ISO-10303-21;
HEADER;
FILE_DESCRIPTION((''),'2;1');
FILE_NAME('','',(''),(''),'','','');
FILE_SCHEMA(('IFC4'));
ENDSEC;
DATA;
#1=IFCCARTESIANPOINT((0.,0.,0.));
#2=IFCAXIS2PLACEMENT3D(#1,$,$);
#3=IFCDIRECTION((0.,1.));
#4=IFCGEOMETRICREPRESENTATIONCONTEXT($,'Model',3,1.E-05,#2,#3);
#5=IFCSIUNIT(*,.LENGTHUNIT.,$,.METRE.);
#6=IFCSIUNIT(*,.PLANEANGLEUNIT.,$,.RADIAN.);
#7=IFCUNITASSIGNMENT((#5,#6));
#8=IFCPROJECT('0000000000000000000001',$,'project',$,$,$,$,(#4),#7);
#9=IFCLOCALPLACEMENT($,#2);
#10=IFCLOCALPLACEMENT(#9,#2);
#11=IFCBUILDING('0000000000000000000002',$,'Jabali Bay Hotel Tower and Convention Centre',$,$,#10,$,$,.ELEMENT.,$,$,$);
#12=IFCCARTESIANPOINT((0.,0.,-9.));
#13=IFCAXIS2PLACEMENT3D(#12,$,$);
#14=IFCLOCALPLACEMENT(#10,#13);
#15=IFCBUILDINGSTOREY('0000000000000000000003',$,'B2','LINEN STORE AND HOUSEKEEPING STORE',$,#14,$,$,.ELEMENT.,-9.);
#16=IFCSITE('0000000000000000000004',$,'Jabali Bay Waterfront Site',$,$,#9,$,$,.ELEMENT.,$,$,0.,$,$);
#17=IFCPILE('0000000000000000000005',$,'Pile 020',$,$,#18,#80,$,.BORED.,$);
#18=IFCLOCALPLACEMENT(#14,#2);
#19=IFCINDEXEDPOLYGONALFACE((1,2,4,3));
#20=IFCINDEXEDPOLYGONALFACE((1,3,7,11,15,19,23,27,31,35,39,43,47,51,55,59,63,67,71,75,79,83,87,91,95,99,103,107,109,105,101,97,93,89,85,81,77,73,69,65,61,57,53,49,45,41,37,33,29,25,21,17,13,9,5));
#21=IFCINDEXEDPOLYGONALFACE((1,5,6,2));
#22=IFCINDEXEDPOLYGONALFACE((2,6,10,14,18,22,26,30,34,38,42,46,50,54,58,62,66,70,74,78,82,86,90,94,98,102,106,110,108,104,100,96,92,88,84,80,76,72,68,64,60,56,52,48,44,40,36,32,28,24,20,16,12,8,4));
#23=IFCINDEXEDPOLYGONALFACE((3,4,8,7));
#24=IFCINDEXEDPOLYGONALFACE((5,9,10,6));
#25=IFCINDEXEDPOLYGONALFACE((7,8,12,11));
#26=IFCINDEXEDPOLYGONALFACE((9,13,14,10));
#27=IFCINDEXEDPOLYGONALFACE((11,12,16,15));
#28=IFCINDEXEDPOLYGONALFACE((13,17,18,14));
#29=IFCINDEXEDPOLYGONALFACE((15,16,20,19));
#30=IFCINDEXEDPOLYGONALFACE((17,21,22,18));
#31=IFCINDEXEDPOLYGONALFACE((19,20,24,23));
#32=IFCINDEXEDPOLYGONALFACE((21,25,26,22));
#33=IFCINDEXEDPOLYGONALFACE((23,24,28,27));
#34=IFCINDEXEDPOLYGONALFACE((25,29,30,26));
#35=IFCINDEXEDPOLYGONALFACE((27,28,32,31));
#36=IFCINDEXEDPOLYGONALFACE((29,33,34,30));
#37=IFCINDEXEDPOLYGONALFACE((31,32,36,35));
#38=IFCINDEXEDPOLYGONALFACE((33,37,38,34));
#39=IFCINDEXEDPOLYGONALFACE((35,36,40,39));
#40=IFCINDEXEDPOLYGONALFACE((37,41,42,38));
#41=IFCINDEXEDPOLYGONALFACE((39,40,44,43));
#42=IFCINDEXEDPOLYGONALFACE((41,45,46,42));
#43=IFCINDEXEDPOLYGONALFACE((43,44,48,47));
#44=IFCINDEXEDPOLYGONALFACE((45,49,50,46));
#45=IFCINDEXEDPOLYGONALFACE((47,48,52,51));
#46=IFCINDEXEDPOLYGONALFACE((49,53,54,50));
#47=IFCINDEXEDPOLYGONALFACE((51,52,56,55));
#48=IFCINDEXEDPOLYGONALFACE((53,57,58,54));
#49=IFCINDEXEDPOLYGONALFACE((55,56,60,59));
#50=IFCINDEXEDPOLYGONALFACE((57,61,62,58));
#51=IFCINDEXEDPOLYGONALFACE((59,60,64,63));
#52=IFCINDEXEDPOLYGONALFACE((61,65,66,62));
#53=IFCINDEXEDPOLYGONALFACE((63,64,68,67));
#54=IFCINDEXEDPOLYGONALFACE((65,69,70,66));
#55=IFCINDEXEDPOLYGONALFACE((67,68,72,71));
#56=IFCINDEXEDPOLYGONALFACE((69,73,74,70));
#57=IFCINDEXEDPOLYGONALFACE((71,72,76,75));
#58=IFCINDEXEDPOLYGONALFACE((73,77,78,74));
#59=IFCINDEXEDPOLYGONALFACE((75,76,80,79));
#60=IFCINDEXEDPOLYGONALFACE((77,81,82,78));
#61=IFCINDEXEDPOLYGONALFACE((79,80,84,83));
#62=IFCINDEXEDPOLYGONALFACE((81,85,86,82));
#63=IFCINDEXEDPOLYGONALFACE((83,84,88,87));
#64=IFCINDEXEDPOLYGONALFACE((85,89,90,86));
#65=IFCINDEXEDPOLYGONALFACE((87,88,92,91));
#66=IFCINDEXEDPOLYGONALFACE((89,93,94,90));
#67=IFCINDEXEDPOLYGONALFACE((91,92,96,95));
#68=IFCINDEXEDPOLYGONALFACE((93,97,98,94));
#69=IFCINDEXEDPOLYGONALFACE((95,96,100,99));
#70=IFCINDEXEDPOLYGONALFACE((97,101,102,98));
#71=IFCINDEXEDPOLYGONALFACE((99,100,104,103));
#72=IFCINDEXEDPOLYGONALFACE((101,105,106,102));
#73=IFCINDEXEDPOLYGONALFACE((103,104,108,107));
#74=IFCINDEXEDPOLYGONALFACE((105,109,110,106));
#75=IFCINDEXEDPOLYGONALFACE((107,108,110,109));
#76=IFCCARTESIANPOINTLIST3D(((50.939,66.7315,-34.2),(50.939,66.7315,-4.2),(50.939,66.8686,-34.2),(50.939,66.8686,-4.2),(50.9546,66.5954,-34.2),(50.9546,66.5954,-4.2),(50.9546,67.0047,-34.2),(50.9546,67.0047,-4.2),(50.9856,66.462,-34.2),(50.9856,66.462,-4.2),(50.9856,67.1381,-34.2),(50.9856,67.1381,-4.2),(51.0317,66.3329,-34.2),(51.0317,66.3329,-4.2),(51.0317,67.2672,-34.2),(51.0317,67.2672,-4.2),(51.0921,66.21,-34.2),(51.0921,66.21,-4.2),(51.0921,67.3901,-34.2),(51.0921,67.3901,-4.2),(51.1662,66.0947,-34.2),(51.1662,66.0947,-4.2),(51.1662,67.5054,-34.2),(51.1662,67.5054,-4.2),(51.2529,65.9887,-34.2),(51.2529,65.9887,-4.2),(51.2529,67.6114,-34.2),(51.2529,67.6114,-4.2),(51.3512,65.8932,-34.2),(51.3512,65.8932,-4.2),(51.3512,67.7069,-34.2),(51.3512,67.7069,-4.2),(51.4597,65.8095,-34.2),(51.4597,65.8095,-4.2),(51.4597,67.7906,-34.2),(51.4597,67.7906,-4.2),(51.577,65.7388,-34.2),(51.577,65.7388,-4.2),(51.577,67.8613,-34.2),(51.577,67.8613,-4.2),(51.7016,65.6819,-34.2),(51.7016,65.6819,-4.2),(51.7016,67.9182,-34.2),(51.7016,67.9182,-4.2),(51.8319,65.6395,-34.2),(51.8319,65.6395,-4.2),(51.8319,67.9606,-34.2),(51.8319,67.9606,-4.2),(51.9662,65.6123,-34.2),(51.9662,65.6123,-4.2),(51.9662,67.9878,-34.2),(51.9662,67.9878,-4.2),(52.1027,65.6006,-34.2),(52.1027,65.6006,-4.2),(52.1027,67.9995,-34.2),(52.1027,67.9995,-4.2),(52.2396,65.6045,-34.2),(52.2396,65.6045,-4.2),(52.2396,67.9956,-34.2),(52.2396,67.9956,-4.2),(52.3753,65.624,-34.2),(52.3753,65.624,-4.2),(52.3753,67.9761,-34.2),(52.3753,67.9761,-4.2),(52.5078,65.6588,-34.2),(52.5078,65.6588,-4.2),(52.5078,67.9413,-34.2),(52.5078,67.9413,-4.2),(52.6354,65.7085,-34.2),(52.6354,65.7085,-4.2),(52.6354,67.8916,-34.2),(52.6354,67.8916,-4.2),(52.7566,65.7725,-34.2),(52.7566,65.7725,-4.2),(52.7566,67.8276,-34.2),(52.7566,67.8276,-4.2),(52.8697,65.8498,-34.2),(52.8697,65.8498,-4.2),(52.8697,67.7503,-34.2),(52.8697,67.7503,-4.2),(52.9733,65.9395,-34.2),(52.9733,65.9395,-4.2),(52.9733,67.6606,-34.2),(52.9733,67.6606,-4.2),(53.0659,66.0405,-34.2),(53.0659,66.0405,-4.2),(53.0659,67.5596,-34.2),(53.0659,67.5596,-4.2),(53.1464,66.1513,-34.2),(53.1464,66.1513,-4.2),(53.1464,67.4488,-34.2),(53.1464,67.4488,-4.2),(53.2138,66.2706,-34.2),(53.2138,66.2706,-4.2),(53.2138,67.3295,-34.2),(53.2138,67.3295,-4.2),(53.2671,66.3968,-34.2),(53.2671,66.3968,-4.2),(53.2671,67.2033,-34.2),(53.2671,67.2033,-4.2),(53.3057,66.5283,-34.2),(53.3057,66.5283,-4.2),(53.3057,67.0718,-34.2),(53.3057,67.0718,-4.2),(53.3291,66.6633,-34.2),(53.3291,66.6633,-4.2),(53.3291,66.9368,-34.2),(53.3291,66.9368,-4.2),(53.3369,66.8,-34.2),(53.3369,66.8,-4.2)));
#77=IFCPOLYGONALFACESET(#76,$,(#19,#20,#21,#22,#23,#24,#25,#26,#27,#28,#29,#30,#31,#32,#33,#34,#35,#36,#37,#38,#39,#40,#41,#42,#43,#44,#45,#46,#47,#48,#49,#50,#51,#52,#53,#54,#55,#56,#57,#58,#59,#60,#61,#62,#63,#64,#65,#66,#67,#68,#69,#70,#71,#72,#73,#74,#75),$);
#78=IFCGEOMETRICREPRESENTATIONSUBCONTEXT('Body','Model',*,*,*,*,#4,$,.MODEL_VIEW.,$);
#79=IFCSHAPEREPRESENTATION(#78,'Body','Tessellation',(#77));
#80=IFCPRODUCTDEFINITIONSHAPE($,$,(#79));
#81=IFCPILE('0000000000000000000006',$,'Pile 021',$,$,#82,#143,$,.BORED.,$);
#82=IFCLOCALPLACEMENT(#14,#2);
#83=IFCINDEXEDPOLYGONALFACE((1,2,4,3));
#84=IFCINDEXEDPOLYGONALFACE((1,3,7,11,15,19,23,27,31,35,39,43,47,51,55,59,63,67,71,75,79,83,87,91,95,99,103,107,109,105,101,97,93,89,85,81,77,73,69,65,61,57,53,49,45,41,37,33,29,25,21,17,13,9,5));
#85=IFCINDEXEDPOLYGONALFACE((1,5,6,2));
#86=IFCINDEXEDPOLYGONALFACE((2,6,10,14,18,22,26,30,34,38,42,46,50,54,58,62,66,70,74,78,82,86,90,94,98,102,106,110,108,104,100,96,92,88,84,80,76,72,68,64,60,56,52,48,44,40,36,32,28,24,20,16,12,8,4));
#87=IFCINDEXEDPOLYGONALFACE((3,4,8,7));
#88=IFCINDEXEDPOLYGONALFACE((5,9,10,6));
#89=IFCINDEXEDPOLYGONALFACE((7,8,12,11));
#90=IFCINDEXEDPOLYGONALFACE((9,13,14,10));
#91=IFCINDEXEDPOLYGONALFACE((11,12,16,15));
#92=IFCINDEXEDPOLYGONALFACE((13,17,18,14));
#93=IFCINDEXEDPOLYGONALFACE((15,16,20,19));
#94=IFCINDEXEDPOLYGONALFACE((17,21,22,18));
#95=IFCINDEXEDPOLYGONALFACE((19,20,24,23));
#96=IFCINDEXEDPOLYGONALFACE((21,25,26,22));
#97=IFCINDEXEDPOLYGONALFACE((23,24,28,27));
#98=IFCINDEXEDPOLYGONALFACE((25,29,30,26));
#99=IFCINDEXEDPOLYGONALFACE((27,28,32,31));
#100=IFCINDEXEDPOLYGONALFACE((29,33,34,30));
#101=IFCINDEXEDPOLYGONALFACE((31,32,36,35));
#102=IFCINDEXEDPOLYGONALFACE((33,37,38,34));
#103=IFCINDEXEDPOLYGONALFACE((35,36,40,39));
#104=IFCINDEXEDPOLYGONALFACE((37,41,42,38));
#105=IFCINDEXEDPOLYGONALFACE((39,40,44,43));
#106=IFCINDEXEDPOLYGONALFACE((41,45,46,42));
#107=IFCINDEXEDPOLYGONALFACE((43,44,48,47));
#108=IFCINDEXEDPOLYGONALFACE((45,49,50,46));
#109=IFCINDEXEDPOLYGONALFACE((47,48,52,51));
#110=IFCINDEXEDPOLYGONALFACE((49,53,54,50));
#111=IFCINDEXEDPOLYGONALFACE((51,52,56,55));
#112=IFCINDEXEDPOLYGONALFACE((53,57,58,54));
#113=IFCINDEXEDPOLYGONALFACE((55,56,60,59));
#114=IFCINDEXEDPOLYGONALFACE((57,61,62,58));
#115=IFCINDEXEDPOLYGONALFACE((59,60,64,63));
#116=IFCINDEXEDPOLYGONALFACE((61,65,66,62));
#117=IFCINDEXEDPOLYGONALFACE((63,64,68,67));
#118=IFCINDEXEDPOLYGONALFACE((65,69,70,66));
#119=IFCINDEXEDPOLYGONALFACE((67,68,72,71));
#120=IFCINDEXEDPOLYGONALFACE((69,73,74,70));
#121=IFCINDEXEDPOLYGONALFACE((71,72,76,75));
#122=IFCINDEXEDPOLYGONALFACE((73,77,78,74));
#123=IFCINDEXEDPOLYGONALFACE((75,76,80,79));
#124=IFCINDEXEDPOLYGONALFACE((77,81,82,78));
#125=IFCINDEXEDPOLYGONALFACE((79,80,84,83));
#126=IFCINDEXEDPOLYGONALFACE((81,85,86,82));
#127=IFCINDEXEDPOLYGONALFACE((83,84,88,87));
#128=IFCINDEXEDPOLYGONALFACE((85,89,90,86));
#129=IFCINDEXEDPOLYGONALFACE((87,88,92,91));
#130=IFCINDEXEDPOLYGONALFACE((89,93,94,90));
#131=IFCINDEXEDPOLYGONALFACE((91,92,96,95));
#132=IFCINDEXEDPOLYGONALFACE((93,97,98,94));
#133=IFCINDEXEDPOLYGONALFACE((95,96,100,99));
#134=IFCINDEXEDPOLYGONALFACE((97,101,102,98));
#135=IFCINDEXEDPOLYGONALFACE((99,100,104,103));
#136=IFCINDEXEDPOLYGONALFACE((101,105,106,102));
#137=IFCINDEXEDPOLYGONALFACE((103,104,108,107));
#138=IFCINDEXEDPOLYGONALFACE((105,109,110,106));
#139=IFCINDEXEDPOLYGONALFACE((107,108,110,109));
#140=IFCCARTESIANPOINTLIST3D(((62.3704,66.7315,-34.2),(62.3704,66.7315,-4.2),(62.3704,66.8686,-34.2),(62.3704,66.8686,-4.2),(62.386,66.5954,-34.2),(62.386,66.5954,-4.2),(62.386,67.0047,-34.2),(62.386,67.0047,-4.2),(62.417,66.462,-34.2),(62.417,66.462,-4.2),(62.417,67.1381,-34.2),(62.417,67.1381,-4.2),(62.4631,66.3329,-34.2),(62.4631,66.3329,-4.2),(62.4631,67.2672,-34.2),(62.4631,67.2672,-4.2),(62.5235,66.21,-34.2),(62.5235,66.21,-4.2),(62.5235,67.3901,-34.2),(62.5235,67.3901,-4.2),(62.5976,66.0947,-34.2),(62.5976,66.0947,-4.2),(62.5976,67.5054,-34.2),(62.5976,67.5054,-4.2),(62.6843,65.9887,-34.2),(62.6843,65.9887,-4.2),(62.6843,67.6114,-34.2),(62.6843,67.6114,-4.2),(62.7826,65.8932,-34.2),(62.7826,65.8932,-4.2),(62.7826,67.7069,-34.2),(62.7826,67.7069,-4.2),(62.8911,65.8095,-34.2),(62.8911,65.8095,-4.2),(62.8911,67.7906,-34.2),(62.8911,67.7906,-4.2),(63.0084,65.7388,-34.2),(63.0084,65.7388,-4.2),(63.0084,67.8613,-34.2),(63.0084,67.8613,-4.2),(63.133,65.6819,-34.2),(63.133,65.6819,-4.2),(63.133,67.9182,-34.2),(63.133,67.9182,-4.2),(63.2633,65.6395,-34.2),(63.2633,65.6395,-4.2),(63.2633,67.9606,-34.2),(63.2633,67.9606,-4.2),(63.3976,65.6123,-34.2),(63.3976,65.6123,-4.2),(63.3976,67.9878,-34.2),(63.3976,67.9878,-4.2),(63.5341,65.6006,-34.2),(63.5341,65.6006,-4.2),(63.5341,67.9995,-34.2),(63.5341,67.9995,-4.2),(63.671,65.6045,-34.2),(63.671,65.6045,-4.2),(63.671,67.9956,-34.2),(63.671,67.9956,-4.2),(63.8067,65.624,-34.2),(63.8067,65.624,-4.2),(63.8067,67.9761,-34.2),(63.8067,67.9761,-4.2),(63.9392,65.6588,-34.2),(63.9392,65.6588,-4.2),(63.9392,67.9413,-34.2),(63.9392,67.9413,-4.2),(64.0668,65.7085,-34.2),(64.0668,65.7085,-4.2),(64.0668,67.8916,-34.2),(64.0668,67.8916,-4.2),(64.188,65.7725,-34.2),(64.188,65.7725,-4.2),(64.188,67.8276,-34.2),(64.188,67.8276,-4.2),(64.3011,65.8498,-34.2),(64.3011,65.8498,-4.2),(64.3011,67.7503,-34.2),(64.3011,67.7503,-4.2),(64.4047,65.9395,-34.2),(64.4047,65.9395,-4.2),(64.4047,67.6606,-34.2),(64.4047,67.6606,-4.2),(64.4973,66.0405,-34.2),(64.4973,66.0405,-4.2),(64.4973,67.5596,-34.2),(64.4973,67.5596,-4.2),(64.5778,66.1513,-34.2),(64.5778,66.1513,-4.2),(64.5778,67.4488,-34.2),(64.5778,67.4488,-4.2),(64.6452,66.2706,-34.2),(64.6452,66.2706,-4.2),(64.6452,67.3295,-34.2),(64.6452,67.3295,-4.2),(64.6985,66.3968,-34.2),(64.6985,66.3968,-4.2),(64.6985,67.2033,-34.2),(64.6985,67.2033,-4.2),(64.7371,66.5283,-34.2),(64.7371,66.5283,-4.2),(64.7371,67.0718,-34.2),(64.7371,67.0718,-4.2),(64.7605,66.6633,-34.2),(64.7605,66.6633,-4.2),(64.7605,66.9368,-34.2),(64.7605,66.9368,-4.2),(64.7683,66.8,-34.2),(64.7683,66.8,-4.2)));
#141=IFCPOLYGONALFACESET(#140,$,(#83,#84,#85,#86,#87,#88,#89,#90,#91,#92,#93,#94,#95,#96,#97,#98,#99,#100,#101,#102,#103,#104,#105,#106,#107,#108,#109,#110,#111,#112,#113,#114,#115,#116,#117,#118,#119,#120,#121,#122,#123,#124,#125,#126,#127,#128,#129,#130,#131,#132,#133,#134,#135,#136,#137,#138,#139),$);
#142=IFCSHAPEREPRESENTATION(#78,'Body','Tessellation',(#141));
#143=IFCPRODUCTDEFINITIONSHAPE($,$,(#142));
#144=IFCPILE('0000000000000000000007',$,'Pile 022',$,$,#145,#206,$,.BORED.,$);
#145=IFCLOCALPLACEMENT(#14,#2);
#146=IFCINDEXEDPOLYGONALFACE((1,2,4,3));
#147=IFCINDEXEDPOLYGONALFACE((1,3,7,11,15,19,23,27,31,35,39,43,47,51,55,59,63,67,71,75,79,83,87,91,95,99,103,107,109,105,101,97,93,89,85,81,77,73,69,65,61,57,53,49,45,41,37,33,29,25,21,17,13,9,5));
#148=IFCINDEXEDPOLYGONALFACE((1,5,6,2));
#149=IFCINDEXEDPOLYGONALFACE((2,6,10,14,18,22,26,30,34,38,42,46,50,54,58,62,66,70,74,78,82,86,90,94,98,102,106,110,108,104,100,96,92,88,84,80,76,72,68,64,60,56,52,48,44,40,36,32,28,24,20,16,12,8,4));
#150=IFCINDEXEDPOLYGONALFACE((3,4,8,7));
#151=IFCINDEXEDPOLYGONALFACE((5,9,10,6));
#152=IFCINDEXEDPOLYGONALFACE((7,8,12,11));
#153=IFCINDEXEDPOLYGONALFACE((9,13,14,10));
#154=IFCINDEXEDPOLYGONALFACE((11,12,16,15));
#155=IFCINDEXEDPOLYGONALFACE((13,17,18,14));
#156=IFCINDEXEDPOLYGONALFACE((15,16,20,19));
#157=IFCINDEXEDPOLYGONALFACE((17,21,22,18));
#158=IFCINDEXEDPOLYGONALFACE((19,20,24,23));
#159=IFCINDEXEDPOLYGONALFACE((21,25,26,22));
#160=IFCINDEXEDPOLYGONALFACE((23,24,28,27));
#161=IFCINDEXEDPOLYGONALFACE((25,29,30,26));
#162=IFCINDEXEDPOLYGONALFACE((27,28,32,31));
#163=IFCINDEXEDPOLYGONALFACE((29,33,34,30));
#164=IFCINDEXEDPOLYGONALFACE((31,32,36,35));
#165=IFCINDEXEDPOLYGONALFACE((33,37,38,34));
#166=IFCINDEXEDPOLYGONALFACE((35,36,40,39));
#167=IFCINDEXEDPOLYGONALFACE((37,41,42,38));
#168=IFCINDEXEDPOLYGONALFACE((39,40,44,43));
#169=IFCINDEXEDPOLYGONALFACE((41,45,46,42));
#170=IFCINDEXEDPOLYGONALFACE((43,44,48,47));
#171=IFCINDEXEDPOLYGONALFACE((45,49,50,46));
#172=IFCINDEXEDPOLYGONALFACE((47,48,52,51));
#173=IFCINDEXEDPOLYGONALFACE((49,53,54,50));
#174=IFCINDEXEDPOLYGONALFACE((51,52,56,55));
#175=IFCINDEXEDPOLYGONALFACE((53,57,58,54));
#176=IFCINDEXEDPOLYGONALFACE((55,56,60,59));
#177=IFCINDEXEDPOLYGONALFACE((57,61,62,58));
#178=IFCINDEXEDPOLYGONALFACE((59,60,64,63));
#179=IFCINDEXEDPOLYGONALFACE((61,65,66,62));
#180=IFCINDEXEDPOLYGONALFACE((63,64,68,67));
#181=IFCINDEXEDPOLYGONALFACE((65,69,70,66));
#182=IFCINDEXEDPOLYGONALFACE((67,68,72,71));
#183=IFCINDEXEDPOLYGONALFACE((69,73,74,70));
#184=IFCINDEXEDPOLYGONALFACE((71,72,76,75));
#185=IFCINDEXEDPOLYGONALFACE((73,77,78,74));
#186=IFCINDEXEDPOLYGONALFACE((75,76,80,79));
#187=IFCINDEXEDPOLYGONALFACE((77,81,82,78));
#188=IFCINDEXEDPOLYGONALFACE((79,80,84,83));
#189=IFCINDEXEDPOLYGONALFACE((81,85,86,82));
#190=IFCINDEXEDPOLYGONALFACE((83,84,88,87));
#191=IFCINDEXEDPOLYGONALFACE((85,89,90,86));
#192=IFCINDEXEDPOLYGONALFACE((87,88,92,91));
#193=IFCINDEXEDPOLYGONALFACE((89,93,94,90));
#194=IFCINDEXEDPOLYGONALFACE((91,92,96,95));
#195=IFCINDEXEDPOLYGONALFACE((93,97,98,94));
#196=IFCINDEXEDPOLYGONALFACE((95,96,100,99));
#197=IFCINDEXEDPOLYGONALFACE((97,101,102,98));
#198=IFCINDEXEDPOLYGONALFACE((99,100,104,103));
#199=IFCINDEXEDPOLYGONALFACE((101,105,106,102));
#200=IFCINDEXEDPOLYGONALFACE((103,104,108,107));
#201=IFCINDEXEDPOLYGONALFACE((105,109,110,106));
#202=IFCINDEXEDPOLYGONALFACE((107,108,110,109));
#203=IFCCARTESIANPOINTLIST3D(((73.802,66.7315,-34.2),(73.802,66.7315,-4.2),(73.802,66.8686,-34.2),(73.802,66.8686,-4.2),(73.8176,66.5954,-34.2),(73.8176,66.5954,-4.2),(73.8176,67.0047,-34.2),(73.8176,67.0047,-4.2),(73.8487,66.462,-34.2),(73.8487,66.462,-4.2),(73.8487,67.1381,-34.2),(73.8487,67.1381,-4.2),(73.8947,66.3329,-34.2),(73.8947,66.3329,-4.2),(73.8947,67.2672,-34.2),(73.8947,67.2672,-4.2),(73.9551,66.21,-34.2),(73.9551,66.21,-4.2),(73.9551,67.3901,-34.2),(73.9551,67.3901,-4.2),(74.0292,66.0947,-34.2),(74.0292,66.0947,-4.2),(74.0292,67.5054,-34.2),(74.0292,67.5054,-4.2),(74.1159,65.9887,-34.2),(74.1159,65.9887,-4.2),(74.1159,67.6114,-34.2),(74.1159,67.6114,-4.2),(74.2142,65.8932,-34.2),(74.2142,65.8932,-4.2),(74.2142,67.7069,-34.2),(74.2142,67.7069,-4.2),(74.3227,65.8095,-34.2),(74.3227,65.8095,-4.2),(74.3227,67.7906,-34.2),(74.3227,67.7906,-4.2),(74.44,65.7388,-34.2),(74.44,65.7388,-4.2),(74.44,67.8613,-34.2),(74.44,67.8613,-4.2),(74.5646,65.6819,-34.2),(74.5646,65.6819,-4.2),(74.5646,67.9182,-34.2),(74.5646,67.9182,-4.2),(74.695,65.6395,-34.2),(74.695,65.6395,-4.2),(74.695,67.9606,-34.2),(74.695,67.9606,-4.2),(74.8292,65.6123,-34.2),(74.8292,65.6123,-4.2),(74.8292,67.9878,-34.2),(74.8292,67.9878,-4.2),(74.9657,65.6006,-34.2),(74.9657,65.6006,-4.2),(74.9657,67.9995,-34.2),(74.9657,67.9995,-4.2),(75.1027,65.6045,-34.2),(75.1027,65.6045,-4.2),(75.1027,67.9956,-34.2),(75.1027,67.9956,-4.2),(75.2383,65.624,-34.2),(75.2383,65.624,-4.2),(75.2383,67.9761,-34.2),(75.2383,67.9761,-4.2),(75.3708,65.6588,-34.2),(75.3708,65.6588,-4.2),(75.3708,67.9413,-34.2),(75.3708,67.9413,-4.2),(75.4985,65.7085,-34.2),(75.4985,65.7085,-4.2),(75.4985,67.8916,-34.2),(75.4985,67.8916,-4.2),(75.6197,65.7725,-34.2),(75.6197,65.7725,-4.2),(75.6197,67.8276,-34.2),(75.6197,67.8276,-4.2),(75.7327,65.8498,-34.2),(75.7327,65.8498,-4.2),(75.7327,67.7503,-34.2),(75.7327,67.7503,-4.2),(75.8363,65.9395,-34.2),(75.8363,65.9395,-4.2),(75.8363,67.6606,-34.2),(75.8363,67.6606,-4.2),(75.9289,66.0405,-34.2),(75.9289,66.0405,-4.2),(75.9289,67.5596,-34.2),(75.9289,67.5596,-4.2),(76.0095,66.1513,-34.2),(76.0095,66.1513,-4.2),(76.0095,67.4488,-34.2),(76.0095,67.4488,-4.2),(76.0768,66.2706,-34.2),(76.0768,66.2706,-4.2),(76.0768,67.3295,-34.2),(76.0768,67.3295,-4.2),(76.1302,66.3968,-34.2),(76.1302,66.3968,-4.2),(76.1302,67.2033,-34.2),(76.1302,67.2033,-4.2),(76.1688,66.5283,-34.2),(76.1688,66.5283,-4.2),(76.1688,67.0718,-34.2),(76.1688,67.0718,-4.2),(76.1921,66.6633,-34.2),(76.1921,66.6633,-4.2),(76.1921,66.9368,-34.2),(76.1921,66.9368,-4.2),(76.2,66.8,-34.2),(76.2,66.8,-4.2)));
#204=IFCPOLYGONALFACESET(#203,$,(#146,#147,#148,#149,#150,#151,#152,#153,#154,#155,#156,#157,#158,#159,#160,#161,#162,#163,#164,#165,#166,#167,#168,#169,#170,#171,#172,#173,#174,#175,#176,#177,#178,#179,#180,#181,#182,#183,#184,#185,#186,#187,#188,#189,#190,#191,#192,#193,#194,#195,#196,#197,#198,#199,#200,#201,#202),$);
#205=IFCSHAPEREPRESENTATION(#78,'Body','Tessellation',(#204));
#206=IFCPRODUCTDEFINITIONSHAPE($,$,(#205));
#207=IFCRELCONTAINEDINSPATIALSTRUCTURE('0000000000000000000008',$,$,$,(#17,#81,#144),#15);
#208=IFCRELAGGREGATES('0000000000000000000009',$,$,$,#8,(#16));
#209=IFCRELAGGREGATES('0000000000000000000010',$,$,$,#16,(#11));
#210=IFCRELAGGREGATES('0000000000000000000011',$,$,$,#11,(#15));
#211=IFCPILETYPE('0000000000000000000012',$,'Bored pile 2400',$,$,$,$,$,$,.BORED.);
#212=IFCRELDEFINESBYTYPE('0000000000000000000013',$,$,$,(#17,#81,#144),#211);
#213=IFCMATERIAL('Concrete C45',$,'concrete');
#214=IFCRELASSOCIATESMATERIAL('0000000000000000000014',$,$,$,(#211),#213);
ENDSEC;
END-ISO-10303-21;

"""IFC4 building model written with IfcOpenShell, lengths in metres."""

from ifc_helpers import new_model, si_unit, direction, frame, origin, origin_2d, place, context, subcontext, project, spatial, circle, extrude, material, material_profile, profile_set, type_object, element, save


model = new_model("IFC4")

# Units and contexts
model_context = context("Model", 3, precision=1e-05, world=origin(), true_north=direction((0.0, 1.0)))
body_context = subcontext(model_context, "Body", "Model", "MODEL_VIEW")
ifc_project = project(units=[si_unit("LENGTHUNIT", "METRE"), si_unit("PLANEANGLEUNIT", "RADIAN")], contexts=[model_context])

# Site, building, storey
site_placement = place(None, origin())
site = spatial("IfcSite", under=ifc_project, at=site_placement, Name="Jabali Bay Waterfront Site", CompositionType="ELEMENT", RefElevation=0.0)
building_placement = place(site_placement, origin())
building = spatial("IfcBuilding", under=site, at=building_placement, Name="Jabali Bay Hotel Tower and Convention Centre", CompositionType="ELEMENT")
storey_placement = place(building_placement, frame((0.0, 0.0, -9.0)))
storey = spatial("IfcBuildingStorey", under=building, at=storey_placement, Name="B2", Description="LINEN STORE AND HOUSEKEEPING STORE", CompositionType="ELEMENT", Elevation=-9.0)

# Piles
ifc_material_1 = material(Name="Concrete C45", Category="concrete")
ifc_material_profile_1 = material_profile(ifc_material_1, circle(Radius=1.2, at=origin_2d()), Name="Bored pile 2400")
ifc_profile_set_1 = profile_set([ifc_material_profile_1], Name="Concrete C45")
pile_type = type_object("IfcPileType", Name="Bored pile 2400", PredefinedType="BORED", material=ifc_profile_set_1)
for number, where, z_axis, x_axis, name in (
    (1, (52.137, 66.8, -4.2), (0.0, 0.0, -1.0), (1.0, 0.0, 0.0), "Pile 020"),
    (2, (63.5684, 66.8, -4.2), (0.0, 0.0, -1.0), (1.0, 0.0, 0.0), "Pile 021"),
    (3, (75.0, 66.8, -4.2), (0.0, 0.0, -1.0), (1.0, 0.0, 0.0), "Pile 022"),
):
    element("IfcPile", number, at=place(storey_placement, frame(where, z_axis=z_axis, x_axis=x_axis)), inside=storey, type_object=pile_type, Name=name, PredefinedType="BORED", context=body_context, shape_type="SweptSolid", body=[
        extrude(circle(Radius=1.2, at=origin_2d()), origin(), (0.0, 0.0, 1.0), 30.0),
    ])

save(model, "model.ifc")
